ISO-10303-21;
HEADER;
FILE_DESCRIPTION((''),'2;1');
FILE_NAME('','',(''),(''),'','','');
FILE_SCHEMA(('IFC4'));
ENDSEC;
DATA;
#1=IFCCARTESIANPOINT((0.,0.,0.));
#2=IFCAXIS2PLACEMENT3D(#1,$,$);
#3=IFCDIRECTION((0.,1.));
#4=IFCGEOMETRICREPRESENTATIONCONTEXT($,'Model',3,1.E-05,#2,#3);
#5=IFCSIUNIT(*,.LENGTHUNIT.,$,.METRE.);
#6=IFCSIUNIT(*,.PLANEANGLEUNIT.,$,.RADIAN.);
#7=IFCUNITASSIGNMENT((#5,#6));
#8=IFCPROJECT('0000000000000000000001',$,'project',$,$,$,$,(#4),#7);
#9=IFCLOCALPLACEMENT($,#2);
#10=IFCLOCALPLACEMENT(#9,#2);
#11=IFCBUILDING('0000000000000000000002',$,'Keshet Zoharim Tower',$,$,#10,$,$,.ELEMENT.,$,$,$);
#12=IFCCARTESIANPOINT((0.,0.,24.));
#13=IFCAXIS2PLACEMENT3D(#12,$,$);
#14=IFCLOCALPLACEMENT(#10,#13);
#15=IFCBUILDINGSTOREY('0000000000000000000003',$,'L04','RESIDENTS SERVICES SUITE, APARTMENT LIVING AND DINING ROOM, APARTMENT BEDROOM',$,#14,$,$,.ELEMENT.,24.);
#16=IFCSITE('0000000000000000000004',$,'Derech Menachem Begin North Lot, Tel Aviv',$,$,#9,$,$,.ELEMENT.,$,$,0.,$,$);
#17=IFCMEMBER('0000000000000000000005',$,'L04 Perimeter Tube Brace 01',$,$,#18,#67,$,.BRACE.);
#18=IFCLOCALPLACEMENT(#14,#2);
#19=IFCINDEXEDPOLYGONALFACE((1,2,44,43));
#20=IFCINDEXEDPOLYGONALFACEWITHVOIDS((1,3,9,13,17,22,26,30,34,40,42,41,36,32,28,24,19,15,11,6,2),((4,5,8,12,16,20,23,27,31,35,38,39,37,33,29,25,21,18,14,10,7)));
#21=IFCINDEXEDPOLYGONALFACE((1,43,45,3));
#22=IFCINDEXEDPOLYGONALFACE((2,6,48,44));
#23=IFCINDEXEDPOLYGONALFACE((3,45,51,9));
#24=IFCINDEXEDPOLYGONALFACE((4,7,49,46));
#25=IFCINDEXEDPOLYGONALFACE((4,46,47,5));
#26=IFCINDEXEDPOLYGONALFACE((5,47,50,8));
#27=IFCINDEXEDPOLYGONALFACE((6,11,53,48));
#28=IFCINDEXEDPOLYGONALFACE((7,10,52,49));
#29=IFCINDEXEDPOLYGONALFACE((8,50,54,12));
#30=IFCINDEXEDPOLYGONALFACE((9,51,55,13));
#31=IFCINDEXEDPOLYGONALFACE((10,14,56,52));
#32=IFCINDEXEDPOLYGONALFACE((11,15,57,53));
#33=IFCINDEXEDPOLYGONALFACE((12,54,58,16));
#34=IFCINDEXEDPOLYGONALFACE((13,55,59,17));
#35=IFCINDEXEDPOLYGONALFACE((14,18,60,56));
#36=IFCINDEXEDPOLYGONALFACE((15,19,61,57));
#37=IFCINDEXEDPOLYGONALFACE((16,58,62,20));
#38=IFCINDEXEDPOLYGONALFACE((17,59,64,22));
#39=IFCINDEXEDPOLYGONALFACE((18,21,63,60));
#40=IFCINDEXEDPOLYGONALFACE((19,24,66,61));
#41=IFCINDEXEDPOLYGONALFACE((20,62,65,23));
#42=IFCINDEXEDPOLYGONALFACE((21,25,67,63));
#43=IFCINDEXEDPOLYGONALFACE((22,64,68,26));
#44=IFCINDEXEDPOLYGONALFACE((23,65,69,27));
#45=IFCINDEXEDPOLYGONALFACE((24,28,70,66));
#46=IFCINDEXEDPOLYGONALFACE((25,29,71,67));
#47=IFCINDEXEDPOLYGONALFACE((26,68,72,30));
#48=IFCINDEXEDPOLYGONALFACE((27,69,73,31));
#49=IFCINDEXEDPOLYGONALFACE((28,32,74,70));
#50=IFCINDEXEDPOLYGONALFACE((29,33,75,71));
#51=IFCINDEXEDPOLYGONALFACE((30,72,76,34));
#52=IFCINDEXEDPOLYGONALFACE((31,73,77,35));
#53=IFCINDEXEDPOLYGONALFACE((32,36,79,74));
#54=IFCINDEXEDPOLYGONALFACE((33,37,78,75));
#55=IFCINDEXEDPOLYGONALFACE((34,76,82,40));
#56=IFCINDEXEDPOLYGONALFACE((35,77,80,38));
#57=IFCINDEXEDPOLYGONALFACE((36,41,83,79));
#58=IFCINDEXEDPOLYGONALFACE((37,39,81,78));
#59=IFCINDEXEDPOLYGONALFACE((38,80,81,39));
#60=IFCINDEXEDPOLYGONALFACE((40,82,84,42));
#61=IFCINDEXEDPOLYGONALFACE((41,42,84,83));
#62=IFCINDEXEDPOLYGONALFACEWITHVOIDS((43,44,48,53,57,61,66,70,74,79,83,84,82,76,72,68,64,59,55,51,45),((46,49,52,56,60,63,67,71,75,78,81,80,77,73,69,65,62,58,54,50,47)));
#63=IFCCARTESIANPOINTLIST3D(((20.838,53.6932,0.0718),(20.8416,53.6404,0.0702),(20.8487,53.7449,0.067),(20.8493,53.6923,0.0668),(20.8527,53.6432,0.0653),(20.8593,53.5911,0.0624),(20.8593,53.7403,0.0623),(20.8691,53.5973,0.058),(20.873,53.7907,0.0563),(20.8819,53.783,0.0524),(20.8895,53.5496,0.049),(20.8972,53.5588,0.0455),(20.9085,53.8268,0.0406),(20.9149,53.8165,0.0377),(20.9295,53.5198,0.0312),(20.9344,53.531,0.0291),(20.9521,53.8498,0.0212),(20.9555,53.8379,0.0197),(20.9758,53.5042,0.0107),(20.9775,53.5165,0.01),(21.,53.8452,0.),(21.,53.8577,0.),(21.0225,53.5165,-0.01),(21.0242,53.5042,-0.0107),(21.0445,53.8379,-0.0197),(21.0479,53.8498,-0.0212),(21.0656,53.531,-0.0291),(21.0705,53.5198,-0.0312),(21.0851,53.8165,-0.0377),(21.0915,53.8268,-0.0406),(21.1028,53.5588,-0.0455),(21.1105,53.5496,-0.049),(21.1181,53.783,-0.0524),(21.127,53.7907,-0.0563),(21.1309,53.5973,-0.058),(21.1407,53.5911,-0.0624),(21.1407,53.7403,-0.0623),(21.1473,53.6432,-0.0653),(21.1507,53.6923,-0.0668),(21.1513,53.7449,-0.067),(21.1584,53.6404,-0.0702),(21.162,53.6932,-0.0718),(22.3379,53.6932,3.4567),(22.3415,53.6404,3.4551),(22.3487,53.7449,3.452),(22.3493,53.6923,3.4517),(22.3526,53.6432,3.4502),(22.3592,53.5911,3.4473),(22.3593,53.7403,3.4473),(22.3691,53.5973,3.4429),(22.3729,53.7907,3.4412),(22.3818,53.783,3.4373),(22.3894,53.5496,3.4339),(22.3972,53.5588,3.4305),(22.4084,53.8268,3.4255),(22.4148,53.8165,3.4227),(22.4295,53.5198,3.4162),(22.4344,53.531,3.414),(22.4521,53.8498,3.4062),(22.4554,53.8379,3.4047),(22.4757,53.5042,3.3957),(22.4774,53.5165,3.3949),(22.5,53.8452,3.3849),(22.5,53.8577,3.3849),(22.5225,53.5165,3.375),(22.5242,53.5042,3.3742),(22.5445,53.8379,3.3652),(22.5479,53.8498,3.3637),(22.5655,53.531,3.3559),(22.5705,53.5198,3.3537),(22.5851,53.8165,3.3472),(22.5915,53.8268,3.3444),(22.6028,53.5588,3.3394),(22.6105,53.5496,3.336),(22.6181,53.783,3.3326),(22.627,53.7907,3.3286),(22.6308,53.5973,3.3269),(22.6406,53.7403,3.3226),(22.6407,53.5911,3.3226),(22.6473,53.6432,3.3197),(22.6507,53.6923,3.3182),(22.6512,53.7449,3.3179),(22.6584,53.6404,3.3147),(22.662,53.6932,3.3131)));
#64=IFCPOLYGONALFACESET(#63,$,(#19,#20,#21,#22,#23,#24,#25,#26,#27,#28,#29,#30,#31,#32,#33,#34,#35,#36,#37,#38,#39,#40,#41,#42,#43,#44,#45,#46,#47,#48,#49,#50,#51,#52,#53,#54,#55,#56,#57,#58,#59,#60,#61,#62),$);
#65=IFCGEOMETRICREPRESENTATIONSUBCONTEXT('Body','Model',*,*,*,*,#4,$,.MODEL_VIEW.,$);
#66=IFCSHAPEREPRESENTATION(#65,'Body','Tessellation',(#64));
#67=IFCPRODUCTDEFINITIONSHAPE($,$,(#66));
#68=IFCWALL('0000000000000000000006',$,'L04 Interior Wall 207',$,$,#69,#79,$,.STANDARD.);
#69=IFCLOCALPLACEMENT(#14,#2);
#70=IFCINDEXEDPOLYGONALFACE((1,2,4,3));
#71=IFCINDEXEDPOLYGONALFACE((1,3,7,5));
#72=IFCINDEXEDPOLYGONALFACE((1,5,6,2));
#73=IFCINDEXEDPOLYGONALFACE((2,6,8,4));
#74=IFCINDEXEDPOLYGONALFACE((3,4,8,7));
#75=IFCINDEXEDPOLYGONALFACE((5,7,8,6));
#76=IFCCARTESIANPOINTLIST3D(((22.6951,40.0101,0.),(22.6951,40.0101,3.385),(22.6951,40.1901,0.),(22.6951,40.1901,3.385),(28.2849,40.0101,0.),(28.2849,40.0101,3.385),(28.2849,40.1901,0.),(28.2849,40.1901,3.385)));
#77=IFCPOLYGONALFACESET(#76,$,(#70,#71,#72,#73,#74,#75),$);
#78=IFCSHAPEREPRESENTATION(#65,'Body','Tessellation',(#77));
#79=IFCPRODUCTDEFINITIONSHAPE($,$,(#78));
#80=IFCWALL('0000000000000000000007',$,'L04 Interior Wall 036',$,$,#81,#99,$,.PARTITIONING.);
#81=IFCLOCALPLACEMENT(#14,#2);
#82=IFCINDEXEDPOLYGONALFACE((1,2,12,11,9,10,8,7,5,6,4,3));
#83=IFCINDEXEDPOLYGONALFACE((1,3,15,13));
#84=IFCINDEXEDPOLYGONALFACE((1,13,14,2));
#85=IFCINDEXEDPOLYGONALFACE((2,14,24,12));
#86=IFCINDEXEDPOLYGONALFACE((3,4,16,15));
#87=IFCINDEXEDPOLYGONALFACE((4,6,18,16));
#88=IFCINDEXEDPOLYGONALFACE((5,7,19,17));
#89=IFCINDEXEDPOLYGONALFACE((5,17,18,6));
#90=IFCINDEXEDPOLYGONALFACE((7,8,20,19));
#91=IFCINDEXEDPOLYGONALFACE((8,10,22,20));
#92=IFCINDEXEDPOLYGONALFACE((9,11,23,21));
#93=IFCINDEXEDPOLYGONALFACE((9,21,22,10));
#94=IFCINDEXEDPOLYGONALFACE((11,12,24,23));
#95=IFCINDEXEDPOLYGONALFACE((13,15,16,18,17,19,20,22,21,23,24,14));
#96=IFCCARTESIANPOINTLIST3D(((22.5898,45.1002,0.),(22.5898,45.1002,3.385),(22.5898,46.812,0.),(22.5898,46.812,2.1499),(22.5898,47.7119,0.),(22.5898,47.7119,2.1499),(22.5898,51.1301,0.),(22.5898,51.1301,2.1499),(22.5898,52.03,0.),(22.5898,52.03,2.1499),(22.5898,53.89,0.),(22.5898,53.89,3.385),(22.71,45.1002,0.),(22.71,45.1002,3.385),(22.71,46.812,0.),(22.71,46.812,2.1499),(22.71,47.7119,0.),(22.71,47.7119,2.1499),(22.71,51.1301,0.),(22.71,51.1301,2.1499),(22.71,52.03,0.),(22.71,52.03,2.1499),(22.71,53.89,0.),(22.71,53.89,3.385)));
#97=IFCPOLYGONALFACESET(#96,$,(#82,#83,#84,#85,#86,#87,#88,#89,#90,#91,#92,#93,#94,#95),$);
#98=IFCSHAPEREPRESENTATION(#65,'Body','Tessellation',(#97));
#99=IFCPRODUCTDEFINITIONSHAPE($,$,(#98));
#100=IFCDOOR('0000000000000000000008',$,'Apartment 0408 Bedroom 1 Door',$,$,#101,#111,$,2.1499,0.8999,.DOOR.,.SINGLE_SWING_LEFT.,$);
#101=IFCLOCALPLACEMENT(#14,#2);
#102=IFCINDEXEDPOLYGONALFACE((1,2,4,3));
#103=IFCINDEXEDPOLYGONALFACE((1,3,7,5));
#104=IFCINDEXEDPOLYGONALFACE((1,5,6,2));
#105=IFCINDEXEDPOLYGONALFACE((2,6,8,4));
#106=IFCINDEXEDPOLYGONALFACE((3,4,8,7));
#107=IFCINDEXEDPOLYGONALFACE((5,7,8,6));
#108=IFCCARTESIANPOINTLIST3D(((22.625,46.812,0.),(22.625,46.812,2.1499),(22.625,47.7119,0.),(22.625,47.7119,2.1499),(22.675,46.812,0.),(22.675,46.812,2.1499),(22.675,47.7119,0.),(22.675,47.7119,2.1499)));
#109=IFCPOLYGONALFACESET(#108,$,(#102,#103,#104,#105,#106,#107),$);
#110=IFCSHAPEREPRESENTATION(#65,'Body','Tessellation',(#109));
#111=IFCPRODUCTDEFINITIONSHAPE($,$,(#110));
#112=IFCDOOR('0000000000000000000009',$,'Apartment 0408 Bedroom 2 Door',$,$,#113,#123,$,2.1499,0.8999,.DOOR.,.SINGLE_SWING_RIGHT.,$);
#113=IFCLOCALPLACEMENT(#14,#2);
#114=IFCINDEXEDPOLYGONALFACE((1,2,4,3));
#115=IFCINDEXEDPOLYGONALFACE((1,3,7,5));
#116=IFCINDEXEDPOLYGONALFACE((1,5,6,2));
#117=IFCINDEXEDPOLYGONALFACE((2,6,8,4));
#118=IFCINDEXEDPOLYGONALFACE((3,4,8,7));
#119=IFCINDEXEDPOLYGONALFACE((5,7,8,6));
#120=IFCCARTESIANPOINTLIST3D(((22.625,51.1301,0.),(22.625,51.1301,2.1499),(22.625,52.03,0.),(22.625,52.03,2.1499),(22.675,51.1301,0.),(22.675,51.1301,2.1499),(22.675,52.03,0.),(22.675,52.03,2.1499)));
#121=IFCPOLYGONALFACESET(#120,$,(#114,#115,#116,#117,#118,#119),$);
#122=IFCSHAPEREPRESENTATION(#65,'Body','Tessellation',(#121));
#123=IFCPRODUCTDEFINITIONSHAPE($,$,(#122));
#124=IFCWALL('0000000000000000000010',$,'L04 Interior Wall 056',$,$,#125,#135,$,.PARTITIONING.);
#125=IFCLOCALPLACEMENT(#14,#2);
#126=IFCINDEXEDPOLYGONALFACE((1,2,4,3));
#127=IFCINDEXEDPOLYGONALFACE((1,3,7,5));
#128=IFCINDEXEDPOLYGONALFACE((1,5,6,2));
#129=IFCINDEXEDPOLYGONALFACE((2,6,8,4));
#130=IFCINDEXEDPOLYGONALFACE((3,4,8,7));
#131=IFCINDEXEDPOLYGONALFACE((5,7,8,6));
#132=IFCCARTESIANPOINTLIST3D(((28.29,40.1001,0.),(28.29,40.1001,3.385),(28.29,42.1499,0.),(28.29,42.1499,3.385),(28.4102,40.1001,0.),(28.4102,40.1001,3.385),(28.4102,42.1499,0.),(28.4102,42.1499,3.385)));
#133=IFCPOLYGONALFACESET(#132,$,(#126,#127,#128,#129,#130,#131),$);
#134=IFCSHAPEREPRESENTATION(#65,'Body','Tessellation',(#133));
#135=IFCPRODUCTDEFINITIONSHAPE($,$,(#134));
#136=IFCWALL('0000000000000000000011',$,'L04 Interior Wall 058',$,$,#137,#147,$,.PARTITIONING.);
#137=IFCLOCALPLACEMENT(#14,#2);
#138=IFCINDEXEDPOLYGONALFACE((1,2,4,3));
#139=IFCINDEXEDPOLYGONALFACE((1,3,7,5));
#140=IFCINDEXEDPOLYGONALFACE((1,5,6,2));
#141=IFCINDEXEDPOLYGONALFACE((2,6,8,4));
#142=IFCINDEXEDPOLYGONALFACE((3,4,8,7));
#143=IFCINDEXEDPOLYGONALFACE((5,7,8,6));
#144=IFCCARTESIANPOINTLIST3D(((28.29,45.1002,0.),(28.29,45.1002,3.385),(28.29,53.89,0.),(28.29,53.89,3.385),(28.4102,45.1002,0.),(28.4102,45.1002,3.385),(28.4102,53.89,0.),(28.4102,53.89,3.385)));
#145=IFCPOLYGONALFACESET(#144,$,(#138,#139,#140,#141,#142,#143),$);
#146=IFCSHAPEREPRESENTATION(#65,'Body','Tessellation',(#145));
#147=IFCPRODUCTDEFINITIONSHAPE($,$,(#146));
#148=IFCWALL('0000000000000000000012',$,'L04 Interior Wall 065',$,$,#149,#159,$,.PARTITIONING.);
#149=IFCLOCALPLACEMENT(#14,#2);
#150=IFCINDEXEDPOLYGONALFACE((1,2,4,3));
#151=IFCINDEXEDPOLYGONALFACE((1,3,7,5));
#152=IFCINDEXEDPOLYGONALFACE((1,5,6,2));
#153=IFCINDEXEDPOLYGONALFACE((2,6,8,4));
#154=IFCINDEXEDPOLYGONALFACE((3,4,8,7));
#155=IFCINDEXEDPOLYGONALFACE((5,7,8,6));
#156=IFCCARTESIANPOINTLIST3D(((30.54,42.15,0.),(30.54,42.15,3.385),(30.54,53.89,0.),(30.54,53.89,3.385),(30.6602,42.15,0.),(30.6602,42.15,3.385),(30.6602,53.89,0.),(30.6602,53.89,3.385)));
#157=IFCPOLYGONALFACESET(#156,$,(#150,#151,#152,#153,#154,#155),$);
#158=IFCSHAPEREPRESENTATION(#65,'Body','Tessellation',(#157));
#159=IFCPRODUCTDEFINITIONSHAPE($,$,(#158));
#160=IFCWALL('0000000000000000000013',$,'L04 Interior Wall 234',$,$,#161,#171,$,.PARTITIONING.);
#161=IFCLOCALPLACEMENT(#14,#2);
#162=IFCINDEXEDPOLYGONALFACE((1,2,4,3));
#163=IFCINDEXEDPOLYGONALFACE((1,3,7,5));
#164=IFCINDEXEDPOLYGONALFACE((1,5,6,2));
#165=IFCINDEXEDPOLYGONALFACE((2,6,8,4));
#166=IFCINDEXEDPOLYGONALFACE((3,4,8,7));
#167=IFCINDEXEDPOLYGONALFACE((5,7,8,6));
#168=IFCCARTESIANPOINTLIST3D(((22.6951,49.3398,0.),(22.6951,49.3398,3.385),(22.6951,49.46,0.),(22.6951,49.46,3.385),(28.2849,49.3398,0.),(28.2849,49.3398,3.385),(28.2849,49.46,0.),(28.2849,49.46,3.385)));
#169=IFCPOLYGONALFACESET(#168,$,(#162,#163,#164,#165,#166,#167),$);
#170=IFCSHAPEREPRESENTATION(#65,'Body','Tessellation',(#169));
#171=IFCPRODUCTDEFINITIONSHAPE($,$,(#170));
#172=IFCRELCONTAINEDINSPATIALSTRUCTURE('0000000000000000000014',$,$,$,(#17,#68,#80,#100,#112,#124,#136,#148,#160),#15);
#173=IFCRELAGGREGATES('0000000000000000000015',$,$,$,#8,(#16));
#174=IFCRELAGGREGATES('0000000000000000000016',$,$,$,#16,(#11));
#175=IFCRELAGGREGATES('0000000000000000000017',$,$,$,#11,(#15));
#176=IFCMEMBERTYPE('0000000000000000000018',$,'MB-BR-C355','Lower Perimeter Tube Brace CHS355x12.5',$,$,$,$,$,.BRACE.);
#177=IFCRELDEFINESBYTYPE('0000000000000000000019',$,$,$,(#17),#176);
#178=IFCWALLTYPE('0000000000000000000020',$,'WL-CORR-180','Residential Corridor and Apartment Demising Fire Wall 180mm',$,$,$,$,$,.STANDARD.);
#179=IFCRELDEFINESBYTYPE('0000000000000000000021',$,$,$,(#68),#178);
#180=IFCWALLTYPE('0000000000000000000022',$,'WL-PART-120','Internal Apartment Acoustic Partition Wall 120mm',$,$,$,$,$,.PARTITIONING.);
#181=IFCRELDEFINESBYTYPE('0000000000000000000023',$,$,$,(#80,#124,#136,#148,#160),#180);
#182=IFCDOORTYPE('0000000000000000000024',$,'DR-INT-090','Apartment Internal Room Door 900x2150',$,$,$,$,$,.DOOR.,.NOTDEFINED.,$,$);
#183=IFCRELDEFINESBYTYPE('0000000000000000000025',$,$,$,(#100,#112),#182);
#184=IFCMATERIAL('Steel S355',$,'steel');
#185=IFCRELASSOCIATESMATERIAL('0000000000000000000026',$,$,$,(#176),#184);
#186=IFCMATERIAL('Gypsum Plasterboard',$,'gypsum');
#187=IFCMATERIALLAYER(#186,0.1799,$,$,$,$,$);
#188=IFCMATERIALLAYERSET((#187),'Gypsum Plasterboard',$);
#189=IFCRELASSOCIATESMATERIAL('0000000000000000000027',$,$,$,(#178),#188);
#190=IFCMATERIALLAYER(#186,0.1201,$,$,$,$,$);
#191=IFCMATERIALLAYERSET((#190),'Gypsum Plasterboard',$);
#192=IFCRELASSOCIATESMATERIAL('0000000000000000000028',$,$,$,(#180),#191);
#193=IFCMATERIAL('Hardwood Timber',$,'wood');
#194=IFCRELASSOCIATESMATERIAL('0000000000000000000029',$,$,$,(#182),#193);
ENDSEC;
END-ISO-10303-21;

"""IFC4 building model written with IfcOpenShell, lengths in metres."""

from ifc_helpers import new_model, si_unit, direction, frame, frame_2d, origin, origin_2d, place, context, subcontext, project, spatial, rectangle, hollow_circle, extrude, material, layer, layer_set, material_profile, profile_set, type_object, element, fill, save


model = new_model("IFC4")

# Units and contexts
model_context = context("Model", 3, precision=1e-05, world=origin(), true_north=direction((0.0, 1.0)))
body_context = subcontext(model_context, "Body", "Model", "MODEL_VIEW")
ifc_project = project(units=[si_unit("LENGTHUNIT", "METRE"), si_unit("PLANEANGLEUNIT", "RADIAN")], contexts=[model_context])

# Site, building, storey
site_placement = place(None, origin())
site = spatial("IfcSite", under=ifc_project, at=site_placement, Name="Derech Menachem Begin North Lot, Tel Aviv", CompositionType="ELEMENT", RefElevation=0.0)
building_placement = place(site_placement, origin())
building = spatial("IfcBuilding", under=site, at=building_placement, Name="Keshet Zoharim Tower", CompositionType="ELEMENT")
storey_placement = place(building_placement, frame((0.0, 0.0, 24.0)))
storey = spatial("IfcBuildingStorey", under=building, at=storey_placement, Name="L04", Description="RESIDENTS SERVICES SUITE, APARTMENT LIVING AND DINING ROOM, APARTMENT BEDROOM", CompositionType="ELEMENT", Elevation=24.0)

# Shared definitions
ifc_material_1 = material(Name="Steel S355", Category="steel")

# Member
ifc_material_profile_1 = material_profile(ifc_material_1, hollow_circle(Radius=0.1777, WallThickness=0.0125, at=origin_2d()), Name="CHS355x12.5")
ifc_profile_set_1 = profile_set([ifc_material_profile_1], Name="Steel S355")
member_type = type_object("IfcMemberType", Name="MB-BR-C355", Description="Lower Perimeter Tube Brace CHS355x12.5", PredefinedType="BRACE", material=ifc_profile_set_1)
member_placement = place(storey_placement, frame((21.0, 53.6799, 0.0), z_axis=(0.405135, 0.0, 0.914257), x_axis=(0.0, 1.0, 0.0)))
element("IfcMember", 1, at=member_placement, inside=storey, type_object=member_type, Name="L04 Perimeter Tube Brace 01", PredefinedType="BRACE", context=body_context, shape_type="SweptSolid", body=[
    extrude(hollow_circle(Radius=0.1777, WallThickness=0.0125, at=origin_2d()), origin(), (0.0, 0.0, 1.0), 3.7024),
])

# Wall
ifc_material_2 = material(Name="Gypsum Plasterboard", Category="gypsum")
ifc_layer_1 = layer(ifc_material_2, 0.1799)
ifc_layer_set_1 = layer_set([ifc_layer_1], Name="Gypsum Plasterboard")
wall_type_1 = type_object("IfcWallType", Name="WL-CORR-180", Description="Residential Corridor and Apartment Demising Fire Wall 180mm", PredefinedType="STANDARD", material=ifc_layer_set_1)
wall_1_placement = place(storey_placement, frame((22.6951, 40.1001, 0.0), z_axis=(0.0, 0.0, 1.0), x_axis=(1.0, 0.0, 0.0)))
element("IfcWall", 2, at=wall_1_placement, inside=storey, type_object=wall_type_1, Name="L04 Interior Wall 207", PredefinedType="STANDARD", context=body_context, shape_type="SweptSolid", body=[
    extrude(rectangle(XDim=5.5898, YDim=0.1799, at=frame_2d((2.7949, 0.0))), origin(), (0.0, 0.0, 1.0), 3.385),
])

# Shared definitions
ifc_material_3 = material(Name="Hardwood Timber", Category="wood")
ifc_layer_2 = layer(ifc_material_2, 0.1201)
ifc_layer_set_2 = layer_set([ifc_layer_2], Name="Gypsum Plasterboard")
wall_type_2 = type_object("IfcWallType", Name="WL-PART-120", Description="Internal Apartment Acoustic Partition Wall 120mm", PredefinedType="PARTITIONING", material=ifc_layer_set_2)
door_type_1 = type_object("IfcDoorType", Name="DR-INT-090", Description="Apartment Internal Room Door 900x2150", OperationType="NOTDEFINED", PredefinedType="DOOR", material=ifc_material_3)

# Wall, openings, doors
wall_2_placement = place(storey_placement, frame((22.6499, 45.1001, 0.0), z_axis=(0.0, 0.0, 1.0), x_axis=(0.0, 1.0, 0.0)))
wall_2 = element("IfcWall", 3, at=wall_2_placement, inside=storey, type_object=wall_type_2, Name="L04 Interior Wall 036", PredefinedType="PARTITIONING", context=body_context, shape_type="SweptSolid", body=[
    extrude(rectangle(XDim=8.7898, YDim=0.1201, at=frame_2d((4.395, 0.0))), origin(), (0.0, 0.0, 1.0), 3.385),
])
opening_1_placement = place(wall_2_placement, frame((1.7119, 0.0, 0.0)))
opening_1 = element("IfcOpeningElement", 4, at=opening_1_placement, cuts=wall_2, PredefinedType="OPENING", context=body_context, shape_type="SweptSolid", body=[
    extrude(rectangle(XDim=0.8999, YDim=2.1499, at=frame_2d((0.45, 1.075))), frame((0.0, 0.0701, 0.0), z_axis=(0.0, -1.0, 0.0), x_axis=(1.0, 0.0, 0.0)), (0.0, 0.0, 1.0), 0.1401),
])
opening_2_placement = place(wall_2_placement, frame((6.03, 0.0, 0.0)))
opening_2 = element("IfcOpeningElement", 5, at=opening_2_placement, cuts=wall_2, PredefinedType="OPENING", context=body_context, shape_type="SweptSolid", body=[
    extrude(rectangle(XDim=0.8999, YDim=2.1499, at=frame_2d((0.45, 1.075))), frame((0.0, 0.0701, 0.0), z_axis=(0.0, -1.0, 0.0), x_axis=(1.0, 0.0, 0.0)), (0.0, 0.0, 1.0), 0.1401),
])
door_1_placement = place(opening_1_placement, origin())
door_1 = element("IfcDoor", 6, at=door_1_placement, inside=storey, type_object=door_type_1, Name="Apartment 0408 Bedroom 1 Door", OperationType="SINGLE_SWING_LEFT", OverallHeight=2.1499, OverallWidth=0.8999, PredefinedType="DOOR", context=body_context, shape_type="SweptSolid", body=[
    extrude(rectangle(XDim=0.8999, YDim=2.1499, at=frame_2d((0.45, 1.075))), frame((0.0, 0.0249, 0.0), z_axis=(0.0, -1.0, 0.0), x_axis=(1.0, 0.0, 0.0)), (0.0, 0.0, 1.0), 0.05),
])
fill(opening_1, door_1)
door_2_placement = place(opening_2_placement, origin())
door_2 = element("IfcDoor", 7, at=door_2_placement, inside=storey, type_object=door_type_1, Name="Apartment 0408 Bedroom 2 Door", OperationType="SINGLE_SWING_RIGHT", OverallHeight=2.1499, OverallWidth=0.8999, PredefinedType="DOOR", context=body_context, shape_type="SweptSolid", body=[
    extrude(rectangle(XDim=0.8999, YDim=2.1499, at=frame_2d((0.45, 1.075))), frame((0.0, 0.0249, 0.0), z_axis=(0.0, -1.0, 0.0), x_axis=(1.0, 0.0, 0.0)), (0.0, 0.0, 1.0), 0.05),
])
fill(opening_2, door_2)

# Walls
wall_3_placement = place(storey_placement, frame((28.3501, 40.1001, 0.0), z_axis=(0.0, 0.0, 1.0), x_axis=(0.0, 1.0, 0.0)))
element("IfcWall", 8, at=wall_3_placement, inside=storey, type_object=wall_type_2, Name="L04 Interior Wall 056", PredefinedType="PARTITIONING", context=body_context, shape_type="SweptSolid", body=[
    extrude(rectangle(XDim=2.0498, YDim=0.1201, at=frame_2d((1.0249, 0.0))), origin(), (0.0, 0.0, 1.0), 3.385),
])
wall_4_placement = place(storey_placement, frame((28.3501, 45.1001, 0.0), z_axis=(0.0, 0.0, 1.0), x_axis=(0.0, 1.0, 0.0)))
element("IfcWall", 9, at=wall_4_placement, inside=storey, type_object=wall_type_2, Name="L04 Interior Wall 058", PredefinedType="PARTITIONING", context=body_context, shape_type="SweptSolid", body=[
    extrude(rectangle(XDim=8.7898, YDim=0.1201, at=frame_2d((4.395, 0.0))), origin(), (0.0, 0.0, 1.0), 3.385),
])
wall_5_placement = place(storey_placement, frame((30.6001, 42.1499, 0.0), z_axis=(0.0, 0.0, 1.0), x_axis=(0.0, 1.0, 0.0)))
element("IfcWall", 10, at=wall_5_placement, inside=storey, type_object=wall_type_2, Name="L04 Interior Wall 065", PredefinedType="PARTITIONING", context=body_context, shape_type="SweptSolid", body=[
    extrude(rectangle(XDim=11.74, YDim=0.1201, at=frame_2d((5.8701, 0.0))), origin(), (0.0, 0.0, 1.0), 3.385),
])

# Wall
wall_6_placement = place(storey_placement, frame((22.6951, 49.3999, 0.0), z_axis=(0.0, 0.0, 1.0), x_axis=(1.0, 0.0, 0.0)))
element("IfcWall", 11, at=wall_6_placement, inside=storey, type_object=wall_type_2, Name="L04 Interior Wall 234", PredefinedType="PARTITIONING", context=body_context, shape_type="SweptSolid", body=[
    extrude(rectangle(XDim=5.5898, YDim=0.1201, at=frame_2d((2.7949, 0.0))), origin(), (0.0, 0.0, 1.0), 3.385),
])

save(model, "model.ifc")
